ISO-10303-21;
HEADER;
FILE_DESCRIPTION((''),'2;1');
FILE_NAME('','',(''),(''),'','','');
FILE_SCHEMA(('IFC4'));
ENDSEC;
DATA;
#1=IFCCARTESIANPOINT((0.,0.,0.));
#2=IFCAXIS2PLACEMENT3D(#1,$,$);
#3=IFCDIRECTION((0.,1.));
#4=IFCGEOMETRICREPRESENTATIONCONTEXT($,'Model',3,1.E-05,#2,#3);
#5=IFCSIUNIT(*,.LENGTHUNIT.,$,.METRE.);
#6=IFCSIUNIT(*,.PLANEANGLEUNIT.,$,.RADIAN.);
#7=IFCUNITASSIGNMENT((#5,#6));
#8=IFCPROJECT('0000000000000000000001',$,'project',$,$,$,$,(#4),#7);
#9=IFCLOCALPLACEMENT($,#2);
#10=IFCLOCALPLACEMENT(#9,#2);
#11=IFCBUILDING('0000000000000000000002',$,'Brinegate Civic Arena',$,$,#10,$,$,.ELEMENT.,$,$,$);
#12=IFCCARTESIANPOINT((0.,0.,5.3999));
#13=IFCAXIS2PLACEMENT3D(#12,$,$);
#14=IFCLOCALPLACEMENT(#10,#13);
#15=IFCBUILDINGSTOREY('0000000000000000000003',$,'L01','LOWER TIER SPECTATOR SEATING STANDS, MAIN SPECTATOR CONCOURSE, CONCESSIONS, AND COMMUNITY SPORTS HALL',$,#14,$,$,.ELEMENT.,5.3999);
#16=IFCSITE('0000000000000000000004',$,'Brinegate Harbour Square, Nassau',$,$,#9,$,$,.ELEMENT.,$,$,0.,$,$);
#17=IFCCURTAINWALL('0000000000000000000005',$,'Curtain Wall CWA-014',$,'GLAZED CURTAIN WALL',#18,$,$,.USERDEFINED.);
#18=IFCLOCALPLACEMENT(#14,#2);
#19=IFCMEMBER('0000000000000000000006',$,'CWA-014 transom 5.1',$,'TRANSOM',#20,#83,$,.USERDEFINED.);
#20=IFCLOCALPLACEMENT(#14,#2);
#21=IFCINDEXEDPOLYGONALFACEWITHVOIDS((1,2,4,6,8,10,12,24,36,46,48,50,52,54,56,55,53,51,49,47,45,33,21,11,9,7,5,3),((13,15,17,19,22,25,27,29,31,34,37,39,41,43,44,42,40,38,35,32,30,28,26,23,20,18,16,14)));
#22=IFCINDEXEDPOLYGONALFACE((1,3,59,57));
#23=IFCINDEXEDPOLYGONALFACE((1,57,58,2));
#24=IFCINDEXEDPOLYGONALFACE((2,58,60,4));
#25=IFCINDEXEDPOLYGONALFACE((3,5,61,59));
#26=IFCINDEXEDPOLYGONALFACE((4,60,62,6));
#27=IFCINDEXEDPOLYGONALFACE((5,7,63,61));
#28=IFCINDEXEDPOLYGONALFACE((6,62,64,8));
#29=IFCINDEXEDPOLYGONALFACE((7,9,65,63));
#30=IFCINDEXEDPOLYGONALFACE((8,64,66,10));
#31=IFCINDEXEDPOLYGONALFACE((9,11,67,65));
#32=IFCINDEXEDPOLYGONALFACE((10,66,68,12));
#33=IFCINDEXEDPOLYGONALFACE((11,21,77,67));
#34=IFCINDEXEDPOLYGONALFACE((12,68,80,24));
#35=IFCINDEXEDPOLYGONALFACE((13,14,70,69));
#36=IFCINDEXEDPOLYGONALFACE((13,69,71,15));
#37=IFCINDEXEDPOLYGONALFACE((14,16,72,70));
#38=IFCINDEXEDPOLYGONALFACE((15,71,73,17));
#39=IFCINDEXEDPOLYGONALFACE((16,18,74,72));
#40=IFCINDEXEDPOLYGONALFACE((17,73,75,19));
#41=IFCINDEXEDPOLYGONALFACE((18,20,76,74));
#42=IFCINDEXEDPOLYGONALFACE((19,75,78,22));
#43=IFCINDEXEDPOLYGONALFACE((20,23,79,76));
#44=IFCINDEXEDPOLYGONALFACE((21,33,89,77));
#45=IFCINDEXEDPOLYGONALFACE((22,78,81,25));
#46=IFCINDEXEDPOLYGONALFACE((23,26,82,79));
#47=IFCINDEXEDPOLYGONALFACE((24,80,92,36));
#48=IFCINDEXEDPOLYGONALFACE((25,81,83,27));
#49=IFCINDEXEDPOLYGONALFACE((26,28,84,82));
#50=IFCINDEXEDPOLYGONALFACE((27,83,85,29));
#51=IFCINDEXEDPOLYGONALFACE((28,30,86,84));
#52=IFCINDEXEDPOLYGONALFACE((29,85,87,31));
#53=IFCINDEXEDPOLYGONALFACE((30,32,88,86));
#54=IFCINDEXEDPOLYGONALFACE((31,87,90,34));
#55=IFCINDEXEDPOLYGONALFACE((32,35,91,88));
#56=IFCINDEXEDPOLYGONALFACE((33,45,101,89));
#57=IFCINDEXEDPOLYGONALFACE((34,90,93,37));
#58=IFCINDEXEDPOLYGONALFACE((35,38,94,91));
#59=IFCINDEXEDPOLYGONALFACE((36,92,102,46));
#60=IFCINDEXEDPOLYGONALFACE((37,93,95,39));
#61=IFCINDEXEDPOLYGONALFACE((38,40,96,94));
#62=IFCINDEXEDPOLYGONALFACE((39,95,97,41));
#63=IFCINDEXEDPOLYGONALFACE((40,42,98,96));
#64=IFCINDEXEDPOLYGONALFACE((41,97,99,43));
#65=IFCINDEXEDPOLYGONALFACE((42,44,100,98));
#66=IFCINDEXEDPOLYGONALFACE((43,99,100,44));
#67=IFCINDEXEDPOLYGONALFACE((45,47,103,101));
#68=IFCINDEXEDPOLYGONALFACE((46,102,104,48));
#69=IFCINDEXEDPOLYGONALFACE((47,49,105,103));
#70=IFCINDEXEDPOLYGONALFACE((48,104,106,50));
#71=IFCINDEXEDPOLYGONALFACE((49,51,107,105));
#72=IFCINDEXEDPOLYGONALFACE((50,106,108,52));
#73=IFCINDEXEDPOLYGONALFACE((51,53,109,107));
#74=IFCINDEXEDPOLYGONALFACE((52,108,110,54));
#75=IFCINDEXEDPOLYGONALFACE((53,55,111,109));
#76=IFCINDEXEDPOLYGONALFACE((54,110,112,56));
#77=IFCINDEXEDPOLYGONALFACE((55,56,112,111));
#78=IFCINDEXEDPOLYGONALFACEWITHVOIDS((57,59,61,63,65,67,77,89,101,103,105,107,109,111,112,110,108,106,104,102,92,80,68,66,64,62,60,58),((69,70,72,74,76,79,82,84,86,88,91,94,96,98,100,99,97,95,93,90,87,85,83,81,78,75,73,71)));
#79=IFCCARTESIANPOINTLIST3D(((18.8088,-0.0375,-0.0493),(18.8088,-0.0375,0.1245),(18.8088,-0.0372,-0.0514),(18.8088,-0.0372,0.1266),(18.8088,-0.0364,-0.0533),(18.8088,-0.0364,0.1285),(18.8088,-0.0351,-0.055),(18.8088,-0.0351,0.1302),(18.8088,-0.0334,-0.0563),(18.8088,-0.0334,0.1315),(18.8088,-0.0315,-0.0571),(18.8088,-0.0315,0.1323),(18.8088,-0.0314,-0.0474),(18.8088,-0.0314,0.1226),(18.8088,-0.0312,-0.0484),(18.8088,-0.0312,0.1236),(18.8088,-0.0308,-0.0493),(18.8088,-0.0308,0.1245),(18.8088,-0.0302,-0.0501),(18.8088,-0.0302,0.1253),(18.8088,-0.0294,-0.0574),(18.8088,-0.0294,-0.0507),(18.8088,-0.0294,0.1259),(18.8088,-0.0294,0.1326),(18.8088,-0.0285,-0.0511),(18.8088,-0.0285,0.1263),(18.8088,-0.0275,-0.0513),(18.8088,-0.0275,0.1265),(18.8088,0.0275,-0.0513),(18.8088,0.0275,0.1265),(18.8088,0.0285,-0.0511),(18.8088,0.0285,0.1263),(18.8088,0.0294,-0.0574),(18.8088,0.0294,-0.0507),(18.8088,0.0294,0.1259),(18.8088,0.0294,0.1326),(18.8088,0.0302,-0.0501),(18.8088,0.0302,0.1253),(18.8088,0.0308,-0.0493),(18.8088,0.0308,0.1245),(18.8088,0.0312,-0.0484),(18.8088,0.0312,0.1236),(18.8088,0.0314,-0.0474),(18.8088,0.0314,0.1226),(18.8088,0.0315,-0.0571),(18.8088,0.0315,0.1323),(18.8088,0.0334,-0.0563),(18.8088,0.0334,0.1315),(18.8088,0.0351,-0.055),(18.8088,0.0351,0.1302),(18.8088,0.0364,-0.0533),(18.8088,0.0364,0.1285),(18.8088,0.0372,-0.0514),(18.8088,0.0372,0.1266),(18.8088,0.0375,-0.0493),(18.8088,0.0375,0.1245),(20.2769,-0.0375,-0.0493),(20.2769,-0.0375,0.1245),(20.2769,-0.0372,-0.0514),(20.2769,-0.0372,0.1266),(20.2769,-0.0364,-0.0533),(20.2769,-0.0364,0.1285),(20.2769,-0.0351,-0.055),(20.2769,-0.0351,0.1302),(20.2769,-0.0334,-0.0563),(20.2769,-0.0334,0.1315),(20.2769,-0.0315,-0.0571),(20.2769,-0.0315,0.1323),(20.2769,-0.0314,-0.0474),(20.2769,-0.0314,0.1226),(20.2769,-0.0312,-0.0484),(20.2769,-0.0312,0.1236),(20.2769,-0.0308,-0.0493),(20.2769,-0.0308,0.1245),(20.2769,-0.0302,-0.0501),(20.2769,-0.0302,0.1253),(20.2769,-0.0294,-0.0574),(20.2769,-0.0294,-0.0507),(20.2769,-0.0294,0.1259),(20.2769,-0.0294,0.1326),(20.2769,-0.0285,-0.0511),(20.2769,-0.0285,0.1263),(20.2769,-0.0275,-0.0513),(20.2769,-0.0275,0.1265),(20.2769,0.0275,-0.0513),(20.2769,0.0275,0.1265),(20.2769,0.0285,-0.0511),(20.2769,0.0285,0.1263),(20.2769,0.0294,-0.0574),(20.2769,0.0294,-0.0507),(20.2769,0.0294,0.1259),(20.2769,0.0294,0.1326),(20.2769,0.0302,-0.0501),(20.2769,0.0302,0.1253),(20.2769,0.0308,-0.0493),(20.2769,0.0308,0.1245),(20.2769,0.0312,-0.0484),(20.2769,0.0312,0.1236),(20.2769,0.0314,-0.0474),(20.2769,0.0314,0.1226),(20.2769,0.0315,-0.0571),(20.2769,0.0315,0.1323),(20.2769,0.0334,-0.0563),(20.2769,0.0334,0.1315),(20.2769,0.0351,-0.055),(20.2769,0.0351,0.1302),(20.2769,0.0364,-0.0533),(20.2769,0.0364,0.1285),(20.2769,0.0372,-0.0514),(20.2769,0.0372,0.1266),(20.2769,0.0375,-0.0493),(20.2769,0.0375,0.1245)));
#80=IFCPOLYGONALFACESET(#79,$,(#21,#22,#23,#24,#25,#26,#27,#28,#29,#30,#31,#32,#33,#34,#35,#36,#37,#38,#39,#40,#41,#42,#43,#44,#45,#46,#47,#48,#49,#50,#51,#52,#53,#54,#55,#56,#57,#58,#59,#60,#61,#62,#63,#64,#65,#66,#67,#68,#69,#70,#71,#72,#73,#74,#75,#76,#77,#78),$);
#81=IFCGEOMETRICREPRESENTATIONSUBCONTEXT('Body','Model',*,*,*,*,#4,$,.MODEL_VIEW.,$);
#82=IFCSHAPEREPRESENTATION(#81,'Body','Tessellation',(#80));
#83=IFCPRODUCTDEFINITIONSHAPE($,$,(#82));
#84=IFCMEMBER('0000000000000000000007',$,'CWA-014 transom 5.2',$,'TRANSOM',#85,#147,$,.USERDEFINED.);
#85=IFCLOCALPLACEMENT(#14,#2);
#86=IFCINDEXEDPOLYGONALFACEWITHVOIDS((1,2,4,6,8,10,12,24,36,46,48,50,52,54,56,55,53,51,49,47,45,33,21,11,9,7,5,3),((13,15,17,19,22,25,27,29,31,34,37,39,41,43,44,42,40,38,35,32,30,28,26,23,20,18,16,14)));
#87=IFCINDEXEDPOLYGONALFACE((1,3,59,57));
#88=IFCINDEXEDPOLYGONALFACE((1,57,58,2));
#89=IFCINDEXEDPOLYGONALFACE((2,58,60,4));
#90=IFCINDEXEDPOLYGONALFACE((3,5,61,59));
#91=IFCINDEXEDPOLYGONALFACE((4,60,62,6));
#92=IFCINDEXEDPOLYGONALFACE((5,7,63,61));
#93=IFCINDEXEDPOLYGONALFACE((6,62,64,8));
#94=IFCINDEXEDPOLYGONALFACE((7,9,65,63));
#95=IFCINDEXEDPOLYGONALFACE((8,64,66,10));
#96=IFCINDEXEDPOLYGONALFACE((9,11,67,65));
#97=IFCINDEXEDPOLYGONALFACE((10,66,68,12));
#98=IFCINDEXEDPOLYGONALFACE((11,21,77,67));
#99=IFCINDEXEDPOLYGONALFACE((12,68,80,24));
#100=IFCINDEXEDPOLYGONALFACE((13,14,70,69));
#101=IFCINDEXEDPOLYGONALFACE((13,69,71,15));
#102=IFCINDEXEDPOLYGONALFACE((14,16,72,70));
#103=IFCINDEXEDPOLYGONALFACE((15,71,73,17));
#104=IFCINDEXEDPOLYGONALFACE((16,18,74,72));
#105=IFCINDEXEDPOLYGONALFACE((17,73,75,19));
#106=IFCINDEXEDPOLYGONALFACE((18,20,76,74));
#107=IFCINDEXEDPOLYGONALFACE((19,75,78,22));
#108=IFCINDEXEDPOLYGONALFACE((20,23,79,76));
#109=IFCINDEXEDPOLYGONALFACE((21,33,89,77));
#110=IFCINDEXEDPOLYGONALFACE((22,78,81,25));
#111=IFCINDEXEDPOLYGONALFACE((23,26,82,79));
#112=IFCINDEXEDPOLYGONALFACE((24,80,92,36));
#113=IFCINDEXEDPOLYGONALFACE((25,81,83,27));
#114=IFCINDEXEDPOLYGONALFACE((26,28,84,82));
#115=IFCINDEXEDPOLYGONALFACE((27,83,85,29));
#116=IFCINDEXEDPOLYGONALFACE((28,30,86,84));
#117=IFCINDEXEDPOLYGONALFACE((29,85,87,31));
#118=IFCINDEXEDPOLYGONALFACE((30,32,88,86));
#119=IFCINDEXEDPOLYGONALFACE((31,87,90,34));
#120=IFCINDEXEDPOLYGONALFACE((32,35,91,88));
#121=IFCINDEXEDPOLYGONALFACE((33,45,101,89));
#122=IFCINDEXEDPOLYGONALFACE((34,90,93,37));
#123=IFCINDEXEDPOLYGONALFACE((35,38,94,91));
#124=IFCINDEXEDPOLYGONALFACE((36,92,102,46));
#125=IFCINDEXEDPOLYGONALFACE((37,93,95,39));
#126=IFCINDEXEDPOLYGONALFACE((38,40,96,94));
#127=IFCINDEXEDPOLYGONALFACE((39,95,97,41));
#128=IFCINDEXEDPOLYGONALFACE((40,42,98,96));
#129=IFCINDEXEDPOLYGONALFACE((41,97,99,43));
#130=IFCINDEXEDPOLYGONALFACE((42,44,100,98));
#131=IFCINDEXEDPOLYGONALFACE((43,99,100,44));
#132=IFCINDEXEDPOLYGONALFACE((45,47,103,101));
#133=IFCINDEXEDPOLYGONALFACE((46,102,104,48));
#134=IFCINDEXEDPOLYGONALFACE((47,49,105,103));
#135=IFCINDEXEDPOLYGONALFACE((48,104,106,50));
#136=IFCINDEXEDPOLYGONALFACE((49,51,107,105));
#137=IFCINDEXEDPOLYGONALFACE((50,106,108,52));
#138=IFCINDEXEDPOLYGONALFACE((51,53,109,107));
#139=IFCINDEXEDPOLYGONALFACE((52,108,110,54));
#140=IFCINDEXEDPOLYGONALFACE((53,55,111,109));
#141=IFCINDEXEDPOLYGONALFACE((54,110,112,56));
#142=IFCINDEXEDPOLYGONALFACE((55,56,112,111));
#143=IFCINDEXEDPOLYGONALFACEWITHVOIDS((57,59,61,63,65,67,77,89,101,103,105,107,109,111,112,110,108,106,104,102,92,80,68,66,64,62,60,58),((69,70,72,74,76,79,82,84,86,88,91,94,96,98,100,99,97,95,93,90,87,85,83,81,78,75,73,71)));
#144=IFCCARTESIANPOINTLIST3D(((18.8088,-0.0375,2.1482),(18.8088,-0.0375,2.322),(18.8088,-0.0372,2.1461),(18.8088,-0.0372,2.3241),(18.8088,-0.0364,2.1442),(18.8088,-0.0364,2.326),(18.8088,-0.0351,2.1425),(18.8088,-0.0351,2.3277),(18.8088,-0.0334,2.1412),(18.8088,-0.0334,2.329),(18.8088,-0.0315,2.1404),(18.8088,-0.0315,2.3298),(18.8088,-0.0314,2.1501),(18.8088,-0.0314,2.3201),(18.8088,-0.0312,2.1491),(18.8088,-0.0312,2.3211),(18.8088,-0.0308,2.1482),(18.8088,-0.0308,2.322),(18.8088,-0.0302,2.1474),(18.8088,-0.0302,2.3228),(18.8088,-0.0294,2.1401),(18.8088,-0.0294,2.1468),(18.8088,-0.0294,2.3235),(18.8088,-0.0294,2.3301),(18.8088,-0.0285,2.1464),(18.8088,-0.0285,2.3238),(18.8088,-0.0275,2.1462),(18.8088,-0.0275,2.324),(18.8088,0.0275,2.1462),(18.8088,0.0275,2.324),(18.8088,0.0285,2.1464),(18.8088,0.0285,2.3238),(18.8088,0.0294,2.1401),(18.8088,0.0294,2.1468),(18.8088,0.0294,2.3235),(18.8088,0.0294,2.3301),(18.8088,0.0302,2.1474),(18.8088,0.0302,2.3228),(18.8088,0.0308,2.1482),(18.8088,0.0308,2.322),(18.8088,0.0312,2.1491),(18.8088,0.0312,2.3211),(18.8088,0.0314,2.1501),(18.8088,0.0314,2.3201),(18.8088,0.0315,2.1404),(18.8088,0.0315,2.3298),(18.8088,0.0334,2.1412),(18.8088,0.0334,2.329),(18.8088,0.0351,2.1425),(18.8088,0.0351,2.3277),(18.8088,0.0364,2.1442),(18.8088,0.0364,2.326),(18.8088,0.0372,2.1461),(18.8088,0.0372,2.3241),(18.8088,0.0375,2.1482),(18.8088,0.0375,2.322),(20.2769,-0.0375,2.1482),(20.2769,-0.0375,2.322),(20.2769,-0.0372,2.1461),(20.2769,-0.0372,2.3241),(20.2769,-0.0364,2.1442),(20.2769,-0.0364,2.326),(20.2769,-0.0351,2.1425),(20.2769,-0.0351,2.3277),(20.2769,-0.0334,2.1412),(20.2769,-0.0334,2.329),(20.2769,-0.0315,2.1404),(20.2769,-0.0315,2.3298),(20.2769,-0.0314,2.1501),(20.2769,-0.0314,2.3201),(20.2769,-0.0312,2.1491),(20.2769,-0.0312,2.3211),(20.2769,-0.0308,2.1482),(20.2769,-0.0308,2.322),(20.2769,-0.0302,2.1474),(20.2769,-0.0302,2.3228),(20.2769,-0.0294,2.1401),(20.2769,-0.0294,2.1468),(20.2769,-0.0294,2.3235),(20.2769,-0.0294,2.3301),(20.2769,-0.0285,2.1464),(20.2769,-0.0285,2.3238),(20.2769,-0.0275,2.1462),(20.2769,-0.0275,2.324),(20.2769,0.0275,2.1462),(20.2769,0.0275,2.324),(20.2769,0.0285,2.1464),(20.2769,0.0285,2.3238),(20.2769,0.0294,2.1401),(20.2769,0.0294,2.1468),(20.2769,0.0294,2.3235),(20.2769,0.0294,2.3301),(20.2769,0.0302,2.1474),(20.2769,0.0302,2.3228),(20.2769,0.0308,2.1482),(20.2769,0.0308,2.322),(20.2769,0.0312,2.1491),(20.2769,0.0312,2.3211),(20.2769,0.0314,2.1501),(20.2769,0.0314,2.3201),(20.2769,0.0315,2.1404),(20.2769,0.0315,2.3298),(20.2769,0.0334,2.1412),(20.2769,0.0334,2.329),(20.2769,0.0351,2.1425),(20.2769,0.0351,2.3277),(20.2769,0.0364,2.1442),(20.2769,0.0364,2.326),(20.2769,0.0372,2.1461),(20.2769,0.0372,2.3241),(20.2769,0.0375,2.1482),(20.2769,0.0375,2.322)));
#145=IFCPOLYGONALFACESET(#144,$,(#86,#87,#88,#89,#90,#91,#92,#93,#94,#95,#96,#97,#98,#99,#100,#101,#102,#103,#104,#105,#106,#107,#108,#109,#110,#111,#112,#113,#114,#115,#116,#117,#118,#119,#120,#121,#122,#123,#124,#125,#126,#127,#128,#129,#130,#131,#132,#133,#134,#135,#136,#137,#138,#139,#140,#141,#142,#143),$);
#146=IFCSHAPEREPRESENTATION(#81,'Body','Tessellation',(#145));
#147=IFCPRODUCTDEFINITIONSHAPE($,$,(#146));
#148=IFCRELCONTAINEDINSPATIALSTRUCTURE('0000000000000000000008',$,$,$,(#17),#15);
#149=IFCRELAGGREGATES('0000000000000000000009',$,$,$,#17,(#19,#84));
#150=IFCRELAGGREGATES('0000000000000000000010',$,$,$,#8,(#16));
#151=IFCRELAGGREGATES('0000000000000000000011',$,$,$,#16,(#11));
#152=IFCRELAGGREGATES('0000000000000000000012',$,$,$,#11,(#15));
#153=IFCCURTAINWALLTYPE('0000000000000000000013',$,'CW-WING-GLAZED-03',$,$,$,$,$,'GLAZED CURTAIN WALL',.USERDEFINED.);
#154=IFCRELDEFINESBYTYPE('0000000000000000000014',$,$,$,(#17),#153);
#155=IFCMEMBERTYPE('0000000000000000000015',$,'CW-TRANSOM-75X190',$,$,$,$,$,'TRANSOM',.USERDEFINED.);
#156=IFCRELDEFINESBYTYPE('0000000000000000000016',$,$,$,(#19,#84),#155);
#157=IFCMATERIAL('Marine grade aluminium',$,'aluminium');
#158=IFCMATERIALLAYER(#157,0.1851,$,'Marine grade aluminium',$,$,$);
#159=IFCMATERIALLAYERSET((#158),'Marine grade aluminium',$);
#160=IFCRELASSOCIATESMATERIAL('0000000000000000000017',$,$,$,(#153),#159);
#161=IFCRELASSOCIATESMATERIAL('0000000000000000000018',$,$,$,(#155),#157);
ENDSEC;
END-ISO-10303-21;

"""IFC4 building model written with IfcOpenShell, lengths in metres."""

from ifc_helpers import new_model, si_unit, direction, frame, origin, origin_2d, place, context, subcontext, project, spatial, hollow_rectangle, extrude, material, layer, layer_set, material_profile, profile_set, type_object, element, aggregate, save


model = new_model("IFC4")

# Units and contexts
model_context = context("Model", 3, precision=1e-05, world=origin(), true_north=direction((0.0, 1.0)))
body_context = subcontext(model_context, "Body", "Model", "MODEL_VIEW")
ifc_project = project(units=[si_unit("LENGTHUNIT", "METRE"), si_unit("PLANEANGLEUNIT", "RADIAN")], contexts=[model_context])

# Site, building, storey
site_placement = place(None, origin())
site = spatial("IfcSite", under=ifc_project, at=site_placement, Name="Brinegate Harbour Square, Nassau", CompositionType="ELEMENT", RefElevation=0.0)
building_placement = place(site_placement, origin())
building = spatial("IfcBuilding", under=site, at=building_placement, Name="Brinegate Civic Arena", CompositionType="ELEMENT")
storey_placement = place(building_placement, frame((0.0, 0.0, 5.3999)))
storey = spatial("IfcBuildingStorey", under=building, at=storey_placement, Name="L01", Description="LOWER TIER SPECTATOR SEATING STANDS, MAIN SPECTATOR CONCOURSE, CONCESSIONS, AND COMMUNITY SPORTS HALL", CompositionType="ELEMENT", Elevation=5.3999)

# Curtain wall, members
ifc_material_1 = material(Name="Marine grade aluminium", Category="aluminium")
ifc_layer_1 = layer(ifc_material_1, 0.1851, Name="Marine grade aluminium")
ifc_layer_set_1 = layer_set([ifc_layer_1], Name="Marine grade aluminium")
curtain_wall_type = type_object("IfcCurtainWallType", Name="CW-WING-GLAZED-03", ElementType="GLAZED CURTAIN WALL", PredefinedType="USERDEFINED", material=ifc_layer_set_1)
curtain_wall_placement = place(storey_placement, origin())
curtain_wall = element("IfcCurtainWall", 1, at=curtain_wall_placement, inside=storey, type_object=curtain_wall_type, Name="Curtain Wall CWA-014", ObjectType="GLAZED CURTAIN WALL", PredefinedType="USERDEFINED")
ifc_material_profile_1 = material_profile(ifc_material_1, hollow_rectangle(XDim=0.075, YDim=0.1899, WallThickness=0.0061, InnerFilletRadius=0.0039, OuterFilletRadius=0.0081, at=origin_2d()), Name="TRN75X190")
ifc_profile_set_1 = profile_set([ifc_material_profile_1], Name="Marine grade aluminium")
member_type_1 = type_object("IfcMemberType", Name="CW-TRANSOM-75X190", ElementType="TRANSOM", PredefinedType="USERDEFINED", material=ifc_profile_set_1)
member_1_placement = place(storey_placement, frame((18.8088, 0.0, 0.0376), z_axis=(1.0, 0.0, 0.0), x_axis=(0.0, 1.0, 0.0)))
member_1 = element("IfcMember", 2, at=member_1_placement, type_object=member_type_1, Name="CWA-014 transom 5.1", ObjectType="TRANSOM", PredefinedType="USERDEFINED", context=body_context, shape_type="SweptSolid", body=[
    extrude(hollow_rectangle(XDim=0.075, YDim=0.1899, WallThickness=0.0061, InnerFilletRadius=0.0039, OuterFilletRadius=0.0081, at=origin_2d()), origin(), (0.0, 0.0, 1.0), 1.468),
])
member_2_placement = place(storey_placement, frame((18.8088, 0.0, 2.2351), z_axis=(1.0, 0.0, 0.0), x_axis=(0.0, 1.0, 0.0)))
member_2 = element("IfcMember", 3, at=member_2_placement, type_object=member_type_1, Name="CWA-014 transom 5.2", ObjectType="TRANSOM", PredefinedType="USERDEFINED", context=body_context, shape_type="SweptSolid", body=[
    extrude(hollow_rectangle(XDim=0.075, YDim=0.1899, WallThickness=0.0061, InnerFilletRadius=0.0039, OuterFilletRadius=0.0081, at=origin_2d()), origin(), (0.0, 0.0, 1.0), 1.468),
])

aggregate(curtain_wall, [member_1, member_2])

save(model, "model.ifc")
